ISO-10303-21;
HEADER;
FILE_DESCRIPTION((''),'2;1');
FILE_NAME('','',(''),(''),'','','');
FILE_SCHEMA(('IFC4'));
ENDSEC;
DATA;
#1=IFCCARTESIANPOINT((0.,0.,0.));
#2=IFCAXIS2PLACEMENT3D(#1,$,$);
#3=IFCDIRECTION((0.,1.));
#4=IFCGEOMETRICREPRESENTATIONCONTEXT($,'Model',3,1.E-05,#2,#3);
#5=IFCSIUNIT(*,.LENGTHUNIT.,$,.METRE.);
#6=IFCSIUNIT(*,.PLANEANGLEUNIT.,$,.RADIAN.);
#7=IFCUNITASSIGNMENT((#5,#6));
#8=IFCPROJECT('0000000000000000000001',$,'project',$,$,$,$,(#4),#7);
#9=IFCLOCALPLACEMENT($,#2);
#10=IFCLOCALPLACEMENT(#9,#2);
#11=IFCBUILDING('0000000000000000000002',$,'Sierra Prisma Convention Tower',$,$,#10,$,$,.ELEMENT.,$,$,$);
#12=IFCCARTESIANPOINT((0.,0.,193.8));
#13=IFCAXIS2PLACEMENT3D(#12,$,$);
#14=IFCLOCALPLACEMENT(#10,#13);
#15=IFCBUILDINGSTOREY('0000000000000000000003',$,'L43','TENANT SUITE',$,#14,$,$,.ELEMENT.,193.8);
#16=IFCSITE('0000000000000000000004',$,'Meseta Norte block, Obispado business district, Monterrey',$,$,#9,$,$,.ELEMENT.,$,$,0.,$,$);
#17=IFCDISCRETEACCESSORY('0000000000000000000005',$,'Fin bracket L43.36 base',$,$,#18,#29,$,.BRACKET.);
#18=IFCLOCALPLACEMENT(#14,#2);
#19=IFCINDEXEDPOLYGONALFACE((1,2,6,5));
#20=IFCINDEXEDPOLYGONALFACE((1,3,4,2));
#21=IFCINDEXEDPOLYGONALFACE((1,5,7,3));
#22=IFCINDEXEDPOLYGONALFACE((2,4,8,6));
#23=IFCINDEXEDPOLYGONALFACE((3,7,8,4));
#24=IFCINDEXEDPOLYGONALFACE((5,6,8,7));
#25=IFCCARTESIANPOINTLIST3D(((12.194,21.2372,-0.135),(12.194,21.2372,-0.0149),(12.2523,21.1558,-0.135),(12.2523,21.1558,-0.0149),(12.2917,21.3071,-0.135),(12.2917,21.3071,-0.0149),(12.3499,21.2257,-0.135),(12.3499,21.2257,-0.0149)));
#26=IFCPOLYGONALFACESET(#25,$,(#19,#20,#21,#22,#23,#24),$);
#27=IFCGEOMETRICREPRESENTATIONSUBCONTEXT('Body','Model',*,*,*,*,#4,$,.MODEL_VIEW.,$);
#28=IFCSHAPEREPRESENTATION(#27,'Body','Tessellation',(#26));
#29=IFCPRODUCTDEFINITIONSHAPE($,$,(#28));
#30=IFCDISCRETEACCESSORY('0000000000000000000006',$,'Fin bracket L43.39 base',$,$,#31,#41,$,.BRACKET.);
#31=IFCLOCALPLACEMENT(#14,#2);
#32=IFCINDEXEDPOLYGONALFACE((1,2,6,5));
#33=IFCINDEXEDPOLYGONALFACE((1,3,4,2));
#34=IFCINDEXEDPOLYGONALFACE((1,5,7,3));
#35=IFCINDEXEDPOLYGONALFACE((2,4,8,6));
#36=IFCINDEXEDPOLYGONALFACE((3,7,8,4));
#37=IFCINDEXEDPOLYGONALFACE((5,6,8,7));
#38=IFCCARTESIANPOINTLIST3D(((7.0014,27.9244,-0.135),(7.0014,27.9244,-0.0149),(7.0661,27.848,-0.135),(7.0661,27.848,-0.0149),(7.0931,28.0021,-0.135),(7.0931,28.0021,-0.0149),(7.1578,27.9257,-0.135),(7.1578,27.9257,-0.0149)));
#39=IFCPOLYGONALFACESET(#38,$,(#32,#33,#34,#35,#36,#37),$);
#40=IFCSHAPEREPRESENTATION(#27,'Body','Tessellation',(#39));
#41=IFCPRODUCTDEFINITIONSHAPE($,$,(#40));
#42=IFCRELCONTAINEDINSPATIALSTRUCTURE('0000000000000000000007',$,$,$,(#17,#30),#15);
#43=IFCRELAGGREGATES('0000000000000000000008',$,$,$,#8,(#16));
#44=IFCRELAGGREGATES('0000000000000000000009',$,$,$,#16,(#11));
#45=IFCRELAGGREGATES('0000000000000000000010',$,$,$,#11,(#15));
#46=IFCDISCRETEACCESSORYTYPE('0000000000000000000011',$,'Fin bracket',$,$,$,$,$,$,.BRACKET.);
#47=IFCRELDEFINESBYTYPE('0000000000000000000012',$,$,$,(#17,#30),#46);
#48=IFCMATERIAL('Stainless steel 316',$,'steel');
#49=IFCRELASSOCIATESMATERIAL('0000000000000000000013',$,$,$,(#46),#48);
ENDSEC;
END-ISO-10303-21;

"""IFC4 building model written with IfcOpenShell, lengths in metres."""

from ifc_helpers import new_model, si_unit, direction, frame, origin, origin_2d, place, context, subcontext, project, spatial, rectangle, extrude, material, type_object, element, save


model = new_model("IFC4")

# Units and contexts
model_context = context("Model", 3, precision=1e-05, world=origin(), true_north=direction((0.0, 1.0)))
body_context = subcontext(model_context, "Body", "Model", "MODEL_VIEW")
ifc_project = project(units=[si_unit("LENGTHUNIT", "METRE"), si_unit("PLANEANGLEUNIT", "RADIAN")], contexts=[model_context])

# Site, building, storey
site_placement = place(None, origin())
site = spatial("IfcSite", under=ifc_project, at=site_placement, Name="Meseta Norte block, Obispado business district, Monterrey", CompositionType="ELEMENT", RefElevation=0.0)
building_placement = place(site_placement, origin())
building = spatial("IfcBuilding", under=site, at=building_placement, Name="Sierra Prisma Convention Tower", CompositionType="ELEMENT")
storey_placement = place(building_placement, frame((0.0, 0.0, 193.8)))
storey = spatial("IfcBuildingStorey", under=building, at=storey_placement, Name="L43", Description="TENANT SUITE", CompositionType="ELEMENT", Elevation=193.8)

# Discrete accessories
ifc_material_1 = material(Name="Stainless steel 316", Category="steel")
discrete_accessory_type = type_object("IfcDiscreteAccessoryType", Name="Fin bracket", PredefinedType="BRACKET", material=ifc_material_1)
for number, where, z_axis, x_axis, name in (
    (1, (12.272, 21.2314, -0.135), (0.0, 0.0, 1.0), (0.813206, 0.581976, 0.0), "Fin bracket L43.36 base"),
    (2, (7.0796, 27.925, -0.135), (0.0, 0.0, 1.0), (0.763258, 0.646093, 0.0), "Fin bracket L43.39 base"),
):
    element("IfcDiscreteAccessory", number, at=place(storey_placement, frame(where, z_axis=z_axis, x_axis=x_axis)), inside=storey, type_object=discrete_accessory_type, Name=name, PredefinedType="BRACKET", context=body_context, shape_type="SweptSolid", body=[
        extrude(rectangle(XDim=0.1201, YDim=0.1001, at=origin_2d()), origin(), (0.0, 0.0, 1.0), 0.1201),
    ])

save(model, "model.ifc")
